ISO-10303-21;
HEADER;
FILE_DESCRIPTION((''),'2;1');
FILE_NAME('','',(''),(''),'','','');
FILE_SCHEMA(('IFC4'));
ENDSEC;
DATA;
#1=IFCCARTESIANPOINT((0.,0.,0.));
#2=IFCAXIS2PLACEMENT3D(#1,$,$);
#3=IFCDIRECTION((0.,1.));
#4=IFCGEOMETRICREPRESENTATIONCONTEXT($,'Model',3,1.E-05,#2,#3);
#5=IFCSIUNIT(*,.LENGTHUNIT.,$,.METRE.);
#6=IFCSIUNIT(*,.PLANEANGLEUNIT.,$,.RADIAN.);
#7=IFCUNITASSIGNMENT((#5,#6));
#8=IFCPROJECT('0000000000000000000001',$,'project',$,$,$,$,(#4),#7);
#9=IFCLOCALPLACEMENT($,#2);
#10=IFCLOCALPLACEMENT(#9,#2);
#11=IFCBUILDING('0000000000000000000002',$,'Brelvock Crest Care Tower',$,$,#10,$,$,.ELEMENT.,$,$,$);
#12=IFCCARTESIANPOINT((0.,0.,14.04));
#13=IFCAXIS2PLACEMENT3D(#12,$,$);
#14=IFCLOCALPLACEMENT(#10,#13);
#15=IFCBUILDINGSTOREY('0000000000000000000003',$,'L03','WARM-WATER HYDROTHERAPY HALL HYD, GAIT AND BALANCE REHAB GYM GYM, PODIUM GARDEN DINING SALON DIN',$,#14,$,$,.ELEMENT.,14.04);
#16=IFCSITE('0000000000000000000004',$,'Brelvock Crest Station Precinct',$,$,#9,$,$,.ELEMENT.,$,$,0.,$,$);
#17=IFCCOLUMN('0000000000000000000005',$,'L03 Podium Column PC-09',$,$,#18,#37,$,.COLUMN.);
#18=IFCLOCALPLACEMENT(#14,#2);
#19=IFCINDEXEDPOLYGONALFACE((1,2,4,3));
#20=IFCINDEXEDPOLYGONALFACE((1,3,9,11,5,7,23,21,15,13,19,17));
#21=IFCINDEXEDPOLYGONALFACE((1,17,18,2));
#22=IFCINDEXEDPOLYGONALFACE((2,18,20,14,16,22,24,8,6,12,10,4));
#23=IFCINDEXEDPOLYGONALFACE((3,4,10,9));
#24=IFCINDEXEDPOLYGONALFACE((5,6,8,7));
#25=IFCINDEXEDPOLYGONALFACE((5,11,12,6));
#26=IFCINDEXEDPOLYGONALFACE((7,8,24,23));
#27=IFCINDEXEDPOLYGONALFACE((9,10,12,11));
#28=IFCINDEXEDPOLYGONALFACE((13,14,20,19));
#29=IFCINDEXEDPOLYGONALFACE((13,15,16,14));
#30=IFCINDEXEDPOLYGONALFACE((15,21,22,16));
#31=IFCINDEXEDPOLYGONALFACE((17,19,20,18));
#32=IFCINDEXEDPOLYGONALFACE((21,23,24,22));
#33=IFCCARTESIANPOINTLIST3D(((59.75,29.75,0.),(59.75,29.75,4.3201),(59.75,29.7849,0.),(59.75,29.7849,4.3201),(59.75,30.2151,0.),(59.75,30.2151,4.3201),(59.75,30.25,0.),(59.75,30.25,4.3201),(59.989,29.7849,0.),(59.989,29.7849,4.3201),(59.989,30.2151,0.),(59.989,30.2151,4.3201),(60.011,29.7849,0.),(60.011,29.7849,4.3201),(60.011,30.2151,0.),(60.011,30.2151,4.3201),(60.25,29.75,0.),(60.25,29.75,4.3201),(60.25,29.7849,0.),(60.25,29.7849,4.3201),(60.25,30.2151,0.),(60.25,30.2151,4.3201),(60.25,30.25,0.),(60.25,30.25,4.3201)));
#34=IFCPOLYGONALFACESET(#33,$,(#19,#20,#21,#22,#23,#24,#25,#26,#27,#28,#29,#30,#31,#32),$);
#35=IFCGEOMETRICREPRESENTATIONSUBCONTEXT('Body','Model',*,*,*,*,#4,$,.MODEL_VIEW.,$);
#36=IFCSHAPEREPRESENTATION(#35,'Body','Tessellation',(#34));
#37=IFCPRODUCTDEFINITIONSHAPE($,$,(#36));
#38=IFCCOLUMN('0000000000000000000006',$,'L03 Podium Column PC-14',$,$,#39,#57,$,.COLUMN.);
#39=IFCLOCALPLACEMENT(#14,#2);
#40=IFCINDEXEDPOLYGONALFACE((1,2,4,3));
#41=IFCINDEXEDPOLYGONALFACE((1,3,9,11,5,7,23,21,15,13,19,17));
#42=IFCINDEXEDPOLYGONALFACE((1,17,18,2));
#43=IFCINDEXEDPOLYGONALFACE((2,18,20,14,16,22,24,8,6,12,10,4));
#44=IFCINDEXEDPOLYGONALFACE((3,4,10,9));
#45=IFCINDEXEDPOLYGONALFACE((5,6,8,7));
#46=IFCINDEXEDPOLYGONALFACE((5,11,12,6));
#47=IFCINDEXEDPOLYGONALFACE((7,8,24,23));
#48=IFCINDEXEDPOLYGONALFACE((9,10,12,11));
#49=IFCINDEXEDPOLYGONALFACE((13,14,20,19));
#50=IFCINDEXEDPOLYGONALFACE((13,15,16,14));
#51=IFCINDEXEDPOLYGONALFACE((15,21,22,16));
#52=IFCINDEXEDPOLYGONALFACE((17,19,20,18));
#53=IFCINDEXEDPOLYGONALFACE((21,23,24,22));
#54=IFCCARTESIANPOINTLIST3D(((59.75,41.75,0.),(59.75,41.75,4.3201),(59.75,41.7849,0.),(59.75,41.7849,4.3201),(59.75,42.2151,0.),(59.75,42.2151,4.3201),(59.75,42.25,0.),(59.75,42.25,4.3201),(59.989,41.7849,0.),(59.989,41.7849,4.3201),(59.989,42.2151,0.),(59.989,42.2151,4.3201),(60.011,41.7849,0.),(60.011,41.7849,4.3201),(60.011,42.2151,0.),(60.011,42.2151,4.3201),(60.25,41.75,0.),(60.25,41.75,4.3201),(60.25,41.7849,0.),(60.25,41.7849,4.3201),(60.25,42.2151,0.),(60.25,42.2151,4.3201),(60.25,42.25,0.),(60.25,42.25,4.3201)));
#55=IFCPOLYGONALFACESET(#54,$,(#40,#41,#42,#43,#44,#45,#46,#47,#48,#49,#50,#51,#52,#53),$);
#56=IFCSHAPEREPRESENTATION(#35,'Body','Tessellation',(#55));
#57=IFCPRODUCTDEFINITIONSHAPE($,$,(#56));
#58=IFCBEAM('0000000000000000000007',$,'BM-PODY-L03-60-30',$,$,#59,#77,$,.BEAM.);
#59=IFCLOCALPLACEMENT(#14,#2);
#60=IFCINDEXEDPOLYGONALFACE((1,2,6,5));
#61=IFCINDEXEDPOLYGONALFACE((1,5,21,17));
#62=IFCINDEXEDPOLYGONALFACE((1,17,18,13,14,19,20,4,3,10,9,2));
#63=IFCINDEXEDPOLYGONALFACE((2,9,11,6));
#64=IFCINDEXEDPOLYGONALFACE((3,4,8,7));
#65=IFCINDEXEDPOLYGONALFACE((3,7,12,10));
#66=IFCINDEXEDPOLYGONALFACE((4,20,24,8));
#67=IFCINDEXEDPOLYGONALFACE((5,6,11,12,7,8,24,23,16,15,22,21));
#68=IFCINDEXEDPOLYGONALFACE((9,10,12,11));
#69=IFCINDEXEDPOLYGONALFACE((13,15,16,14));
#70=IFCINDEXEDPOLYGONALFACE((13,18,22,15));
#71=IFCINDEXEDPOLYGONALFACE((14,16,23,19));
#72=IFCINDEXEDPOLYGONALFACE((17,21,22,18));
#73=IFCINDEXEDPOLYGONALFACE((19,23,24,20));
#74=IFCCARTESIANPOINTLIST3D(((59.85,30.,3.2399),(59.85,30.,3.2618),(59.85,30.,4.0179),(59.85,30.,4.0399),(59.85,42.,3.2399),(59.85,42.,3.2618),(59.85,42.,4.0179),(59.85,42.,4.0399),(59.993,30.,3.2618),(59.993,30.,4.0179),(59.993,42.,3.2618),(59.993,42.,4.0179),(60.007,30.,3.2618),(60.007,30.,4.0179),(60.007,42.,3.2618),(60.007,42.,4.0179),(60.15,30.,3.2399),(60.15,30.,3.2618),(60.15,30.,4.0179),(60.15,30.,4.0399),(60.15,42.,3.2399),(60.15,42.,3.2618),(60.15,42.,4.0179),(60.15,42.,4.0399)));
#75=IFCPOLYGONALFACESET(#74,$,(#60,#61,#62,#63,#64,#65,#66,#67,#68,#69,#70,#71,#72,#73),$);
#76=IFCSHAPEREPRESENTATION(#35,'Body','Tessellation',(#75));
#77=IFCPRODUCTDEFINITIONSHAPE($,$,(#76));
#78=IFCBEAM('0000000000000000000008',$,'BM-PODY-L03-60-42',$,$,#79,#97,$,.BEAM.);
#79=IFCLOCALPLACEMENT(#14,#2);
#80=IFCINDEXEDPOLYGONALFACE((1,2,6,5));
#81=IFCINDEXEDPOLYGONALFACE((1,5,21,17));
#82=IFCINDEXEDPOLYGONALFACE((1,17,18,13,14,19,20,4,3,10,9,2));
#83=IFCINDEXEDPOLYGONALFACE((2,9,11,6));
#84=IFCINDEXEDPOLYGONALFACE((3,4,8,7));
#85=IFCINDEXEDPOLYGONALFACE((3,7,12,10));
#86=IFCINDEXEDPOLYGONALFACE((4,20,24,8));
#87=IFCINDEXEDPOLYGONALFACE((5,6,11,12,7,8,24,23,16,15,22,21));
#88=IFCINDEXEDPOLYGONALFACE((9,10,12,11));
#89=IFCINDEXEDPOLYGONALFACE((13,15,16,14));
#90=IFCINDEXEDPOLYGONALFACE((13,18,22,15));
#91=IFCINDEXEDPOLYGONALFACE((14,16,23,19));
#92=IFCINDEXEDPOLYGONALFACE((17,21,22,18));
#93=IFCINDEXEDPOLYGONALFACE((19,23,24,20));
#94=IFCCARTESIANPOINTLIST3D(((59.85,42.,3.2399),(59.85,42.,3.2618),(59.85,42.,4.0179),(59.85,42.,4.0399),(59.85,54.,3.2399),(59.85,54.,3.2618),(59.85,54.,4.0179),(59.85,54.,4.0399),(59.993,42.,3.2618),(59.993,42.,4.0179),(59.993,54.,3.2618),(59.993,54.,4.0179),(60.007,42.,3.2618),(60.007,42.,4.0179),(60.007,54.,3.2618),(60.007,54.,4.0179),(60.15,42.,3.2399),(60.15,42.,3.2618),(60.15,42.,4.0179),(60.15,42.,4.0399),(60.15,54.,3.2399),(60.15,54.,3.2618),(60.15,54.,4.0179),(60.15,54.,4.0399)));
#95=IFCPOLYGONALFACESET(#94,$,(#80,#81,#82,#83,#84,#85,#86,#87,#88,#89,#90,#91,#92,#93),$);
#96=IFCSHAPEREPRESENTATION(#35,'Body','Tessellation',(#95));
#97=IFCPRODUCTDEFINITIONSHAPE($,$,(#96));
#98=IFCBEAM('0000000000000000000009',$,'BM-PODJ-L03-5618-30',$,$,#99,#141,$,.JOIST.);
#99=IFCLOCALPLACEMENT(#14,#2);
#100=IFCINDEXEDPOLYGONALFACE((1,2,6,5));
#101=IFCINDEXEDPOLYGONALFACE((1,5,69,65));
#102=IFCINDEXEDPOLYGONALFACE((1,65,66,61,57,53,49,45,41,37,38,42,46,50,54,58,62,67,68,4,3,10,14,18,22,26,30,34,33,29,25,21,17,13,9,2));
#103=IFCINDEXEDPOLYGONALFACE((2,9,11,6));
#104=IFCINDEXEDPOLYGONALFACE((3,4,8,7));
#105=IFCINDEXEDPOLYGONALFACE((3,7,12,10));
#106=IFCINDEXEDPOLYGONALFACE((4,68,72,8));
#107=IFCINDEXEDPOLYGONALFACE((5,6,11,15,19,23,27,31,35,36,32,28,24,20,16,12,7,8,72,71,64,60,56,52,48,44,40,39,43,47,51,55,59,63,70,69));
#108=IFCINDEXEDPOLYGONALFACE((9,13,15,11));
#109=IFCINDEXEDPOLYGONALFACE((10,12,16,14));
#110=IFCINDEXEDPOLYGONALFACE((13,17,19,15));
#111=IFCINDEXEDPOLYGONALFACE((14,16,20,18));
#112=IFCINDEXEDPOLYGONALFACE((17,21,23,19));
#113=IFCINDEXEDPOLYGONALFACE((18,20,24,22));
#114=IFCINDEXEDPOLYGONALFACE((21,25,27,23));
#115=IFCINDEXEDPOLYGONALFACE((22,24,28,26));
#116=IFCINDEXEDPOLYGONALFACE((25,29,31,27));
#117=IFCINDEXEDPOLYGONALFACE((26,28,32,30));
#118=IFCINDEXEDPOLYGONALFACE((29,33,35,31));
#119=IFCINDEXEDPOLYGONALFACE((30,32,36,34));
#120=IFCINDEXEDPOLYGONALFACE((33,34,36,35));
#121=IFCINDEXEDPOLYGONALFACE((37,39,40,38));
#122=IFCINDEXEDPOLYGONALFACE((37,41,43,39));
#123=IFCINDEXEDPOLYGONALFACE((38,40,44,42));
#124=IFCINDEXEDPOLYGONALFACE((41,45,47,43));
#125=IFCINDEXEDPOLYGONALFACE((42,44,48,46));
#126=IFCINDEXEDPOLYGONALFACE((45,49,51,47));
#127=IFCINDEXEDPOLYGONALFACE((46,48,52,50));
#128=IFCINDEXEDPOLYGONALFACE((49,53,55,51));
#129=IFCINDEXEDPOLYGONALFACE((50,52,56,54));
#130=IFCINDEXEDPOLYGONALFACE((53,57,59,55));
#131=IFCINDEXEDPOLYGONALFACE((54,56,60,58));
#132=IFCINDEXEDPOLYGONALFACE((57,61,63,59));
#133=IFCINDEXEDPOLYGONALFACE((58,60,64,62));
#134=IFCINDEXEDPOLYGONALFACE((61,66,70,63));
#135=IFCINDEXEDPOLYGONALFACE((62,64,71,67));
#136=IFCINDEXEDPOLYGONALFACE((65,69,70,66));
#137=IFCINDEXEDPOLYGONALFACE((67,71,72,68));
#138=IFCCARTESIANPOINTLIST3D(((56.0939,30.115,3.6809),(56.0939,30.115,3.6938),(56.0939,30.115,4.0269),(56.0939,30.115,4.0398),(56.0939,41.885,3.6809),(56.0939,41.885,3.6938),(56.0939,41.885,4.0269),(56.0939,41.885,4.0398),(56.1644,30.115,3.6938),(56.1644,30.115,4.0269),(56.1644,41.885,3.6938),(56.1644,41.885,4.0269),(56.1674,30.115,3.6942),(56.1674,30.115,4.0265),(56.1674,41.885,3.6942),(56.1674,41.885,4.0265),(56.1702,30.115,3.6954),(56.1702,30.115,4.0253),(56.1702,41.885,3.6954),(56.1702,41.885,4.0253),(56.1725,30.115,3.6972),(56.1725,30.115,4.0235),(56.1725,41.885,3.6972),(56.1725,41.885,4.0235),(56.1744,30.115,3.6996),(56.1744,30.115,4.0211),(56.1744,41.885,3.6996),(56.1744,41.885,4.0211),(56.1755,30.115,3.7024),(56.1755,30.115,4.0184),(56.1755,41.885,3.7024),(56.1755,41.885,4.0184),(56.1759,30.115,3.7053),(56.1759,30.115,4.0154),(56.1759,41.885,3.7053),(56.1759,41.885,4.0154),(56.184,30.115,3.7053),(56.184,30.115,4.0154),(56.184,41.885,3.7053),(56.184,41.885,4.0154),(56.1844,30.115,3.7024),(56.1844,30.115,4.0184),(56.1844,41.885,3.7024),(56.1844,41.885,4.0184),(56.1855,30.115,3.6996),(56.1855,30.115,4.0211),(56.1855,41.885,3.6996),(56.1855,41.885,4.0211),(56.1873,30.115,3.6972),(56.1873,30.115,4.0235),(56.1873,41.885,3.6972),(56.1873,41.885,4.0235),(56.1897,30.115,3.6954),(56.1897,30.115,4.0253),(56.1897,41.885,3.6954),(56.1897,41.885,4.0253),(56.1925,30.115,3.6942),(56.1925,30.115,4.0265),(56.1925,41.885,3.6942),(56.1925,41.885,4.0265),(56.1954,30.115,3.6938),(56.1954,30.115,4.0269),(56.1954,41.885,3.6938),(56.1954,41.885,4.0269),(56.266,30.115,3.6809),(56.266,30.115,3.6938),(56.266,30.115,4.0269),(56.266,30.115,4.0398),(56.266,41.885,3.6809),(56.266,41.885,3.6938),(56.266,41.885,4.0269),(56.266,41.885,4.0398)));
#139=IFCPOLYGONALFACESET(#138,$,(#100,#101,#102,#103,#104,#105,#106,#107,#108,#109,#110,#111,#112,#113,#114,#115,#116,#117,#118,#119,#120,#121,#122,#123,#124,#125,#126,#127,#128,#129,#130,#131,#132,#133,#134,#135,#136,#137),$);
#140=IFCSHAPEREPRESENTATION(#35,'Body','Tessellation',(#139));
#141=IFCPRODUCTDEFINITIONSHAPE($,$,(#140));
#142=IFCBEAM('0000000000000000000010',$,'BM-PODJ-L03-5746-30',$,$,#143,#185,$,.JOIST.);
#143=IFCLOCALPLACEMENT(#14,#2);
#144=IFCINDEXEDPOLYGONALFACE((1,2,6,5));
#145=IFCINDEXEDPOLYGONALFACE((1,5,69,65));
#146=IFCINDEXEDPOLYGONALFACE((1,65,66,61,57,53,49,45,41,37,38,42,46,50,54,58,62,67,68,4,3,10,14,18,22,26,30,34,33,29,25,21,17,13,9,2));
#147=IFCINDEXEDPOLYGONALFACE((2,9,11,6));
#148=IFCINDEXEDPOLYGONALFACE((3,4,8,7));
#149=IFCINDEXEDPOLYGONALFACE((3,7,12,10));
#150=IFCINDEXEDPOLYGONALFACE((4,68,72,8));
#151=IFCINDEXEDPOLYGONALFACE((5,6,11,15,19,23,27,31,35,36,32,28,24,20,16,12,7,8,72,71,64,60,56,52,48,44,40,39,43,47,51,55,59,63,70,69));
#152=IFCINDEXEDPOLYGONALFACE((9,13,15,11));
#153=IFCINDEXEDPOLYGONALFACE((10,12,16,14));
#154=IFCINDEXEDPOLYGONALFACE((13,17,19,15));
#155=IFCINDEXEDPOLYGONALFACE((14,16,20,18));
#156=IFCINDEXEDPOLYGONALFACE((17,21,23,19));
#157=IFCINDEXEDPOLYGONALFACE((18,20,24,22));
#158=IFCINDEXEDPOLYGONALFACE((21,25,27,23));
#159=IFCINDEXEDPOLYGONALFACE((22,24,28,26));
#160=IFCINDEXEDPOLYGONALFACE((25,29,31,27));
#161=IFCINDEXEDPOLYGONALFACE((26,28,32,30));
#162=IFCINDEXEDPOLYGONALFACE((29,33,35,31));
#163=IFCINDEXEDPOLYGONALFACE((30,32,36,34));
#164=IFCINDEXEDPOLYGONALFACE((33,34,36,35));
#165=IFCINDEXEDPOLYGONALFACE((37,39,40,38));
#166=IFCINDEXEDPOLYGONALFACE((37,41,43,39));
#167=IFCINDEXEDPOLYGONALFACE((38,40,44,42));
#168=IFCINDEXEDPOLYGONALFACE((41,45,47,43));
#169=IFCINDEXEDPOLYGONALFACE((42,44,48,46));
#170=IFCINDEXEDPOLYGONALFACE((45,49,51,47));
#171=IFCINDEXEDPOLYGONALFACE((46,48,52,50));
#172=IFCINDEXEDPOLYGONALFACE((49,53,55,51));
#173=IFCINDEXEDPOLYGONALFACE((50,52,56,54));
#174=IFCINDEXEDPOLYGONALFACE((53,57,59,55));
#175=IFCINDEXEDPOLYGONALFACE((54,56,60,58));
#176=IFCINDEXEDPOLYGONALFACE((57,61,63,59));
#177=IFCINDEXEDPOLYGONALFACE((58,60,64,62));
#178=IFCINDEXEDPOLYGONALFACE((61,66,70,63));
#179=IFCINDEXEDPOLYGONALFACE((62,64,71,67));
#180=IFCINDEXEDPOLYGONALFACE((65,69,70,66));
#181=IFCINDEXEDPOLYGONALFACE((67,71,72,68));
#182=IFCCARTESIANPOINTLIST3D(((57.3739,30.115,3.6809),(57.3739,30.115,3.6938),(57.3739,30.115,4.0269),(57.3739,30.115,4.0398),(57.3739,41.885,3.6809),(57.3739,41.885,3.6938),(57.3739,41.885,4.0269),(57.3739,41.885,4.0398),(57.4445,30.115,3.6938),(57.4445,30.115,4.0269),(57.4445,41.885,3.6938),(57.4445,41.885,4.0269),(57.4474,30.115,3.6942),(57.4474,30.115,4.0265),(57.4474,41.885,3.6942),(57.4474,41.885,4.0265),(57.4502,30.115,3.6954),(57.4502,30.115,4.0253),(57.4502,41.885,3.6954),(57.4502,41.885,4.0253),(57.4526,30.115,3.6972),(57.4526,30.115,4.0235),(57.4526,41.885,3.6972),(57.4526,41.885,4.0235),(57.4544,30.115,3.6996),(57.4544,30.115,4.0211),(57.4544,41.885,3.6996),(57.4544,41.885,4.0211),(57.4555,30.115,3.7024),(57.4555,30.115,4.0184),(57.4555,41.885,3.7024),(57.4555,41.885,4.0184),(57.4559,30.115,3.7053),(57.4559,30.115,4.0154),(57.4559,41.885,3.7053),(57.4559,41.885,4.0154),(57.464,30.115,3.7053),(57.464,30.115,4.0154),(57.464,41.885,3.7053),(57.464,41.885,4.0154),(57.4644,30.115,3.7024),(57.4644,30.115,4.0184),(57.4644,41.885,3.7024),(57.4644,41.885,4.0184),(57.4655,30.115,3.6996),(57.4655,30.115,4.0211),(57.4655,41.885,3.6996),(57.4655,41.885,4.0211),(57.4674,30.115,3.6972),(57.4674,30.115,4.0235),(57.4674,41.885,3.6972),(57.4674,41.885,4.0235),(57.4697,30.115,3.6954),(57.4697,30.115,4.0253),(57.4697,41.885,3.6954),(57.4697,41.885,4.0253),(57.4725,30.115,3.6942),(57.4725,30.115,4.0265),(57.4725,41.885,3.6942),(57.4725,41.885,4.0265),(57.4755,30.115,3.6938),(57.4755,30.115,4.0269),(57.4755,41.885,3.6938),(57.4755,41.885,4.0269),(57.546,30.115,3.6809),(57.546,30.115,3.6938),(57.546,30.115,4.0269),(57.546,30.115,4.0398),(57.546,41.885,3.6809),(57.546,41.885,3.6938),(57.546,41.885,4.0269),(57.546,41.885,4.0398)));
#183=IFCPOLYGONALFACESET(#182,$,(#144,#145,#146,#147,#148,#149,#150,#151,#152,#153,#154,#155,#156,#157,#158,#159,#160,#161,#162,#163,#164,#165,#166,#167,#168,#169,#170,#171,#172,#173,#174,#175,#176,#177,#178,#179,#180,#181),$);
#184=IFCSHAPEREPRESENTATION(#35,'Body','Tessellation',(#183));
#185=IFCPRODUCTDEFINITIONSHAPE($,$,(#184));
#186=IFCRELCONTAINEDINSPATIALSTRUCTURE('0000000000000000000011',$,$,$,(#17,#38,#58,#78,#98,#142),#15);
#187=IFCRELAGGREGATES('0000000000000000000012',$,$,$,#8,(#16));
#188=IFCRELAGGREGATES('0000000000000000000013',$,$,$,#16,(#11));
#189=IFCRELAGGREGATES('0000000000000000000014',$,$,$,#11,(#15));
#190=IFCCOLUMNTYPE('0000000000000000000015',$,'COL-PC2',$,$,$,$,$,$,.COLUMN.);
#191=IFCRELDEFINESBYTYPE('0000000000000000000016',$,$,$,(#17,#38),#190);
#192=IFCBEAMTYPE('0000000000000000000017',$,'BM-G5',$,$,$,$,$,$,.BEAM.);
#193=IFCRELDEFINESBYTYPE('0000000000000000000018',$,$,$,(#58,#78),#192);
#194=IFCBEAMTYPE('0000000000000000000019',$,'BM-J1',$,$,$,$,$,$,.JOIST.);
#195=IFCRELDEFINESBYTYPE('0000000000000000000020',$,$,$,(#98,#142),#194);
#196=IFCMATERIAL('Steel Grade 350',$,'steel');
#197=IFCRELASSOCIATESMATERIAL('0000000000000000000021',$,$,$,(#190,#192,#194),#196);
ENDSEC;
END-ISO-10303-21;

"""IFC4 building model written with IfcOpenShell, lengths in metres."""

from ifc_helpers import new_model, si_unit, direction, frame, origin, origin_2d, place, context, subcontext, project, spatial, i_section, extrude, source, transform, mapped, material, material_profile, profile_set, type_object, element, save


model = new_model("IFC4")

# Units and contexts
model_context = context("Model", 3, precision=1e-05, world=origin(), true_north=direction((0.0, 1.0)))
body_context = subcontext(model_context, "Body", "Model", "MODEL_VIEW")
ifc_project = project(units=[si_unit("LENGTHUNIT", "METRE"), si_unit("PLANEANGLEUNIT", "RADIAN")], contexts=[model_context])

# Site, building, storey
site_placement = place(None, origin())
site = spatial("IfcSite", under=ifc_project, at=site_placement, Name="Brelvock Crest Station Precinct", CompositionType="ELEMENT", RefElevation=0.0)
building_placement = place(site_placement, origin())
building = spatial("IfcBuilding", under=site, at=building_placement, Name="Brelvock Crest Care Tower", CompositionType="ELEMENT")
storey_placement = place(building_placement, frame((0.0, 0.0, 14.04)))
storey = spatial("IfcBuildingStorey", under=building, at=storey_placement, Name="L03", Description="WARM-WATER HYDROTHERAPY HALL HYD, GAIT AND BALANCE REHAB GYM GYM, PODIUM GARDEN DINING SALON DIN", CompositionType="ELEMENT", Elevation=14.04)

# Columns
ifc_material_1 = material(Name="Steel Grade 350", Category="steel")
ifc_material_profile_1 = material_profile(ifc_material_1, i_section(OverallWidth=0.5, OverallDepth=0.5, WebThickness=0.022, FlangeThickness=0.0349, at=origin_2d()), Name="500WC340")
ifc_profile_set_1 = profile_set([ifc_material_profile_1], Name="Steel Grade 350")
column_type = type_object("IfcColumnType", Name="COL-PC2", PredefinedType="COLUMN", material=ifc_profile_set_1)
shared_shape_1 = source(origin(), body_context, "Body", "SweptSolid", [
    extrude(i_section(OverallWidth=0.5, OverallDepth=0.5, WebThickness=0.022, FlangeThickness=0.0349, at=origin_2d()), origin(), (0.0, 0.0, 1.0), 4.3201),
])
for number, where, z_axis, x_axis, name in (
    (1, (60.0, 30.0, 0.0), (0.0, 0.0, 1.0), (1.0, 0.0, 0.0), "L03 Podium Column PC-09"),
    (2, (60.0, 42.0, 0.0), (0.0, 0.0, 1.0), (1.0, 0.0, 0.0), "L03 Podium Column PC-14"),
):
    element("IfcColumn", number, at=place(storey_placement, frame(where, z_axis=z_axis, x_axis=x_axis)), inside=storey, type_object=column_type, Name=name, PredefinedType="COLUMN", context=body_context, shape_type="MappedRepresentation", body=[
        mapped(shared_shape_1, transform((0.0, 0.0, 0.0), x_axis=(1.0, 0.0, 0.0), y_axis=(0.0, 1.0, 0.0), z_axis=(0.0, 0.0, 1.0), scale=1.0)),
    ])

# Beams
ifc_material_profile_2 = material_profile(ifc_material_1, i_section(OverallWidth=0.3, OverallDepth=0.8, WebThickness=0.0139, FlangeThickness=0.022, at=origin_2d()), Name="800WB192")
ifc_profile_set_2 = profile_set([ifc_material_profile_2], Name="Steel Grade 350")
beam_type_1 = type_object("IfcBeamType", Name="BM-G5", PredefinedType="BEAM", material=ifc_profile_set_2)
shared_shape_2 = source(origin(), body_context, "Body", "SweptSolid", [
    extrude(i_section(OverallWidth=0.3, OverallDepth=0.8, WebThickness=0.0139, FlangeThickness=0.022, at=origin_2d()), origin(), (0.0, 0.0, 1.0), 12.0),
])
for number, where, z_axis, x_axis, name in (
    (3, (60.0, 30.0, 3.6399), (0.0, 1.0, 0.0), (-1.0, 0.0, 0.0), "BM-PODY-L03-60-30"),
    (4, (60.0, 42.0, 3.6399), (0.0, 1.0, 0.0), (-1.0, 0.0, 0.0), "BM-PODY-L03-60-42"),
):
    element("IfcBeam", number, at=place(storey_placement, frame(where, z_axis=z_axis, x_axis=x_axis)), inside=storey, type_object=beam_type_1, Name=name, PredefinedType="BEAM", context=body_context, shape_type="MappedRepresentation", body=[
        mapped(shared_shape_2, transform((0.0, 0.0, 0.0), x_axis=(1.0, 0.0, 0.0), y_axis=(0.0, 1.0, 0.0), z_axis=(0.0, 0.0, 1.0), scale=1.0)),
    ])
ifc_material_profile_3 = material_profile(ifc_material_1, i_section(OverallWidth=0.1721, OverallDepth=0.3589, WebThickness=0.0081, FlangeThickness=0.0129, FilletRadius=0.0115, at=origin_2d()), Name="360UB56.7")
ifc_profile_set_3 = profile_set([ifc_material_profile_3], Name="Steel Grade 350")
beam_type_2 = type_object("IfcBeamType", Name="BM-J1", PredefinedType="JOIST", material=ifc_profile_set_3)
shared_shape_3 = source(origin(), body_context, "Body", "SweptSolid", [
    extrude(i_section(OverallWidth=0.1721, OverallDepth=0.3589, WebThickness=0.0081, FlangeThickness=0.0129, FilletRadius=0.0115, at=origin_2d()), origin(), (0.0, 0.0, 1.0), 11.77),
])
for number, where, z_axis, x_axis, name in (
    (5, (56.1799, 30.115, 3.8604), (0.0, 1.0, 0.0), (-1.0, 0.0, 0.0), "BM-PODJ-L03-5618-30"),
    (6, (57.46, 30.115, 3.8604), (0.0, 1.0, 0.0), (-1.0, 0.0, 0.0), "BM-PODJ-L03-5746-30"),
):
    element("IfcBeam", number, at=place(storey_placement, frame(where, z_axis=z_axis, x_axis=x_axis)), inside=storey, type_object=beam_type_2, Name=name, PredefinedType="JOIST", context=body_context, shape_type="MappedRepresentation", body=[
        mapped(shared_shape_3, transform((0.0, 0.0, 0.0), x_axis=(1.0, 0.0, 0.0), y_axis=(0.0, 1.0, 0.0), z_axis=(0.0, 0.0, 1.0), scale=1.0)),
    ])

save(model, "model.ifc")
